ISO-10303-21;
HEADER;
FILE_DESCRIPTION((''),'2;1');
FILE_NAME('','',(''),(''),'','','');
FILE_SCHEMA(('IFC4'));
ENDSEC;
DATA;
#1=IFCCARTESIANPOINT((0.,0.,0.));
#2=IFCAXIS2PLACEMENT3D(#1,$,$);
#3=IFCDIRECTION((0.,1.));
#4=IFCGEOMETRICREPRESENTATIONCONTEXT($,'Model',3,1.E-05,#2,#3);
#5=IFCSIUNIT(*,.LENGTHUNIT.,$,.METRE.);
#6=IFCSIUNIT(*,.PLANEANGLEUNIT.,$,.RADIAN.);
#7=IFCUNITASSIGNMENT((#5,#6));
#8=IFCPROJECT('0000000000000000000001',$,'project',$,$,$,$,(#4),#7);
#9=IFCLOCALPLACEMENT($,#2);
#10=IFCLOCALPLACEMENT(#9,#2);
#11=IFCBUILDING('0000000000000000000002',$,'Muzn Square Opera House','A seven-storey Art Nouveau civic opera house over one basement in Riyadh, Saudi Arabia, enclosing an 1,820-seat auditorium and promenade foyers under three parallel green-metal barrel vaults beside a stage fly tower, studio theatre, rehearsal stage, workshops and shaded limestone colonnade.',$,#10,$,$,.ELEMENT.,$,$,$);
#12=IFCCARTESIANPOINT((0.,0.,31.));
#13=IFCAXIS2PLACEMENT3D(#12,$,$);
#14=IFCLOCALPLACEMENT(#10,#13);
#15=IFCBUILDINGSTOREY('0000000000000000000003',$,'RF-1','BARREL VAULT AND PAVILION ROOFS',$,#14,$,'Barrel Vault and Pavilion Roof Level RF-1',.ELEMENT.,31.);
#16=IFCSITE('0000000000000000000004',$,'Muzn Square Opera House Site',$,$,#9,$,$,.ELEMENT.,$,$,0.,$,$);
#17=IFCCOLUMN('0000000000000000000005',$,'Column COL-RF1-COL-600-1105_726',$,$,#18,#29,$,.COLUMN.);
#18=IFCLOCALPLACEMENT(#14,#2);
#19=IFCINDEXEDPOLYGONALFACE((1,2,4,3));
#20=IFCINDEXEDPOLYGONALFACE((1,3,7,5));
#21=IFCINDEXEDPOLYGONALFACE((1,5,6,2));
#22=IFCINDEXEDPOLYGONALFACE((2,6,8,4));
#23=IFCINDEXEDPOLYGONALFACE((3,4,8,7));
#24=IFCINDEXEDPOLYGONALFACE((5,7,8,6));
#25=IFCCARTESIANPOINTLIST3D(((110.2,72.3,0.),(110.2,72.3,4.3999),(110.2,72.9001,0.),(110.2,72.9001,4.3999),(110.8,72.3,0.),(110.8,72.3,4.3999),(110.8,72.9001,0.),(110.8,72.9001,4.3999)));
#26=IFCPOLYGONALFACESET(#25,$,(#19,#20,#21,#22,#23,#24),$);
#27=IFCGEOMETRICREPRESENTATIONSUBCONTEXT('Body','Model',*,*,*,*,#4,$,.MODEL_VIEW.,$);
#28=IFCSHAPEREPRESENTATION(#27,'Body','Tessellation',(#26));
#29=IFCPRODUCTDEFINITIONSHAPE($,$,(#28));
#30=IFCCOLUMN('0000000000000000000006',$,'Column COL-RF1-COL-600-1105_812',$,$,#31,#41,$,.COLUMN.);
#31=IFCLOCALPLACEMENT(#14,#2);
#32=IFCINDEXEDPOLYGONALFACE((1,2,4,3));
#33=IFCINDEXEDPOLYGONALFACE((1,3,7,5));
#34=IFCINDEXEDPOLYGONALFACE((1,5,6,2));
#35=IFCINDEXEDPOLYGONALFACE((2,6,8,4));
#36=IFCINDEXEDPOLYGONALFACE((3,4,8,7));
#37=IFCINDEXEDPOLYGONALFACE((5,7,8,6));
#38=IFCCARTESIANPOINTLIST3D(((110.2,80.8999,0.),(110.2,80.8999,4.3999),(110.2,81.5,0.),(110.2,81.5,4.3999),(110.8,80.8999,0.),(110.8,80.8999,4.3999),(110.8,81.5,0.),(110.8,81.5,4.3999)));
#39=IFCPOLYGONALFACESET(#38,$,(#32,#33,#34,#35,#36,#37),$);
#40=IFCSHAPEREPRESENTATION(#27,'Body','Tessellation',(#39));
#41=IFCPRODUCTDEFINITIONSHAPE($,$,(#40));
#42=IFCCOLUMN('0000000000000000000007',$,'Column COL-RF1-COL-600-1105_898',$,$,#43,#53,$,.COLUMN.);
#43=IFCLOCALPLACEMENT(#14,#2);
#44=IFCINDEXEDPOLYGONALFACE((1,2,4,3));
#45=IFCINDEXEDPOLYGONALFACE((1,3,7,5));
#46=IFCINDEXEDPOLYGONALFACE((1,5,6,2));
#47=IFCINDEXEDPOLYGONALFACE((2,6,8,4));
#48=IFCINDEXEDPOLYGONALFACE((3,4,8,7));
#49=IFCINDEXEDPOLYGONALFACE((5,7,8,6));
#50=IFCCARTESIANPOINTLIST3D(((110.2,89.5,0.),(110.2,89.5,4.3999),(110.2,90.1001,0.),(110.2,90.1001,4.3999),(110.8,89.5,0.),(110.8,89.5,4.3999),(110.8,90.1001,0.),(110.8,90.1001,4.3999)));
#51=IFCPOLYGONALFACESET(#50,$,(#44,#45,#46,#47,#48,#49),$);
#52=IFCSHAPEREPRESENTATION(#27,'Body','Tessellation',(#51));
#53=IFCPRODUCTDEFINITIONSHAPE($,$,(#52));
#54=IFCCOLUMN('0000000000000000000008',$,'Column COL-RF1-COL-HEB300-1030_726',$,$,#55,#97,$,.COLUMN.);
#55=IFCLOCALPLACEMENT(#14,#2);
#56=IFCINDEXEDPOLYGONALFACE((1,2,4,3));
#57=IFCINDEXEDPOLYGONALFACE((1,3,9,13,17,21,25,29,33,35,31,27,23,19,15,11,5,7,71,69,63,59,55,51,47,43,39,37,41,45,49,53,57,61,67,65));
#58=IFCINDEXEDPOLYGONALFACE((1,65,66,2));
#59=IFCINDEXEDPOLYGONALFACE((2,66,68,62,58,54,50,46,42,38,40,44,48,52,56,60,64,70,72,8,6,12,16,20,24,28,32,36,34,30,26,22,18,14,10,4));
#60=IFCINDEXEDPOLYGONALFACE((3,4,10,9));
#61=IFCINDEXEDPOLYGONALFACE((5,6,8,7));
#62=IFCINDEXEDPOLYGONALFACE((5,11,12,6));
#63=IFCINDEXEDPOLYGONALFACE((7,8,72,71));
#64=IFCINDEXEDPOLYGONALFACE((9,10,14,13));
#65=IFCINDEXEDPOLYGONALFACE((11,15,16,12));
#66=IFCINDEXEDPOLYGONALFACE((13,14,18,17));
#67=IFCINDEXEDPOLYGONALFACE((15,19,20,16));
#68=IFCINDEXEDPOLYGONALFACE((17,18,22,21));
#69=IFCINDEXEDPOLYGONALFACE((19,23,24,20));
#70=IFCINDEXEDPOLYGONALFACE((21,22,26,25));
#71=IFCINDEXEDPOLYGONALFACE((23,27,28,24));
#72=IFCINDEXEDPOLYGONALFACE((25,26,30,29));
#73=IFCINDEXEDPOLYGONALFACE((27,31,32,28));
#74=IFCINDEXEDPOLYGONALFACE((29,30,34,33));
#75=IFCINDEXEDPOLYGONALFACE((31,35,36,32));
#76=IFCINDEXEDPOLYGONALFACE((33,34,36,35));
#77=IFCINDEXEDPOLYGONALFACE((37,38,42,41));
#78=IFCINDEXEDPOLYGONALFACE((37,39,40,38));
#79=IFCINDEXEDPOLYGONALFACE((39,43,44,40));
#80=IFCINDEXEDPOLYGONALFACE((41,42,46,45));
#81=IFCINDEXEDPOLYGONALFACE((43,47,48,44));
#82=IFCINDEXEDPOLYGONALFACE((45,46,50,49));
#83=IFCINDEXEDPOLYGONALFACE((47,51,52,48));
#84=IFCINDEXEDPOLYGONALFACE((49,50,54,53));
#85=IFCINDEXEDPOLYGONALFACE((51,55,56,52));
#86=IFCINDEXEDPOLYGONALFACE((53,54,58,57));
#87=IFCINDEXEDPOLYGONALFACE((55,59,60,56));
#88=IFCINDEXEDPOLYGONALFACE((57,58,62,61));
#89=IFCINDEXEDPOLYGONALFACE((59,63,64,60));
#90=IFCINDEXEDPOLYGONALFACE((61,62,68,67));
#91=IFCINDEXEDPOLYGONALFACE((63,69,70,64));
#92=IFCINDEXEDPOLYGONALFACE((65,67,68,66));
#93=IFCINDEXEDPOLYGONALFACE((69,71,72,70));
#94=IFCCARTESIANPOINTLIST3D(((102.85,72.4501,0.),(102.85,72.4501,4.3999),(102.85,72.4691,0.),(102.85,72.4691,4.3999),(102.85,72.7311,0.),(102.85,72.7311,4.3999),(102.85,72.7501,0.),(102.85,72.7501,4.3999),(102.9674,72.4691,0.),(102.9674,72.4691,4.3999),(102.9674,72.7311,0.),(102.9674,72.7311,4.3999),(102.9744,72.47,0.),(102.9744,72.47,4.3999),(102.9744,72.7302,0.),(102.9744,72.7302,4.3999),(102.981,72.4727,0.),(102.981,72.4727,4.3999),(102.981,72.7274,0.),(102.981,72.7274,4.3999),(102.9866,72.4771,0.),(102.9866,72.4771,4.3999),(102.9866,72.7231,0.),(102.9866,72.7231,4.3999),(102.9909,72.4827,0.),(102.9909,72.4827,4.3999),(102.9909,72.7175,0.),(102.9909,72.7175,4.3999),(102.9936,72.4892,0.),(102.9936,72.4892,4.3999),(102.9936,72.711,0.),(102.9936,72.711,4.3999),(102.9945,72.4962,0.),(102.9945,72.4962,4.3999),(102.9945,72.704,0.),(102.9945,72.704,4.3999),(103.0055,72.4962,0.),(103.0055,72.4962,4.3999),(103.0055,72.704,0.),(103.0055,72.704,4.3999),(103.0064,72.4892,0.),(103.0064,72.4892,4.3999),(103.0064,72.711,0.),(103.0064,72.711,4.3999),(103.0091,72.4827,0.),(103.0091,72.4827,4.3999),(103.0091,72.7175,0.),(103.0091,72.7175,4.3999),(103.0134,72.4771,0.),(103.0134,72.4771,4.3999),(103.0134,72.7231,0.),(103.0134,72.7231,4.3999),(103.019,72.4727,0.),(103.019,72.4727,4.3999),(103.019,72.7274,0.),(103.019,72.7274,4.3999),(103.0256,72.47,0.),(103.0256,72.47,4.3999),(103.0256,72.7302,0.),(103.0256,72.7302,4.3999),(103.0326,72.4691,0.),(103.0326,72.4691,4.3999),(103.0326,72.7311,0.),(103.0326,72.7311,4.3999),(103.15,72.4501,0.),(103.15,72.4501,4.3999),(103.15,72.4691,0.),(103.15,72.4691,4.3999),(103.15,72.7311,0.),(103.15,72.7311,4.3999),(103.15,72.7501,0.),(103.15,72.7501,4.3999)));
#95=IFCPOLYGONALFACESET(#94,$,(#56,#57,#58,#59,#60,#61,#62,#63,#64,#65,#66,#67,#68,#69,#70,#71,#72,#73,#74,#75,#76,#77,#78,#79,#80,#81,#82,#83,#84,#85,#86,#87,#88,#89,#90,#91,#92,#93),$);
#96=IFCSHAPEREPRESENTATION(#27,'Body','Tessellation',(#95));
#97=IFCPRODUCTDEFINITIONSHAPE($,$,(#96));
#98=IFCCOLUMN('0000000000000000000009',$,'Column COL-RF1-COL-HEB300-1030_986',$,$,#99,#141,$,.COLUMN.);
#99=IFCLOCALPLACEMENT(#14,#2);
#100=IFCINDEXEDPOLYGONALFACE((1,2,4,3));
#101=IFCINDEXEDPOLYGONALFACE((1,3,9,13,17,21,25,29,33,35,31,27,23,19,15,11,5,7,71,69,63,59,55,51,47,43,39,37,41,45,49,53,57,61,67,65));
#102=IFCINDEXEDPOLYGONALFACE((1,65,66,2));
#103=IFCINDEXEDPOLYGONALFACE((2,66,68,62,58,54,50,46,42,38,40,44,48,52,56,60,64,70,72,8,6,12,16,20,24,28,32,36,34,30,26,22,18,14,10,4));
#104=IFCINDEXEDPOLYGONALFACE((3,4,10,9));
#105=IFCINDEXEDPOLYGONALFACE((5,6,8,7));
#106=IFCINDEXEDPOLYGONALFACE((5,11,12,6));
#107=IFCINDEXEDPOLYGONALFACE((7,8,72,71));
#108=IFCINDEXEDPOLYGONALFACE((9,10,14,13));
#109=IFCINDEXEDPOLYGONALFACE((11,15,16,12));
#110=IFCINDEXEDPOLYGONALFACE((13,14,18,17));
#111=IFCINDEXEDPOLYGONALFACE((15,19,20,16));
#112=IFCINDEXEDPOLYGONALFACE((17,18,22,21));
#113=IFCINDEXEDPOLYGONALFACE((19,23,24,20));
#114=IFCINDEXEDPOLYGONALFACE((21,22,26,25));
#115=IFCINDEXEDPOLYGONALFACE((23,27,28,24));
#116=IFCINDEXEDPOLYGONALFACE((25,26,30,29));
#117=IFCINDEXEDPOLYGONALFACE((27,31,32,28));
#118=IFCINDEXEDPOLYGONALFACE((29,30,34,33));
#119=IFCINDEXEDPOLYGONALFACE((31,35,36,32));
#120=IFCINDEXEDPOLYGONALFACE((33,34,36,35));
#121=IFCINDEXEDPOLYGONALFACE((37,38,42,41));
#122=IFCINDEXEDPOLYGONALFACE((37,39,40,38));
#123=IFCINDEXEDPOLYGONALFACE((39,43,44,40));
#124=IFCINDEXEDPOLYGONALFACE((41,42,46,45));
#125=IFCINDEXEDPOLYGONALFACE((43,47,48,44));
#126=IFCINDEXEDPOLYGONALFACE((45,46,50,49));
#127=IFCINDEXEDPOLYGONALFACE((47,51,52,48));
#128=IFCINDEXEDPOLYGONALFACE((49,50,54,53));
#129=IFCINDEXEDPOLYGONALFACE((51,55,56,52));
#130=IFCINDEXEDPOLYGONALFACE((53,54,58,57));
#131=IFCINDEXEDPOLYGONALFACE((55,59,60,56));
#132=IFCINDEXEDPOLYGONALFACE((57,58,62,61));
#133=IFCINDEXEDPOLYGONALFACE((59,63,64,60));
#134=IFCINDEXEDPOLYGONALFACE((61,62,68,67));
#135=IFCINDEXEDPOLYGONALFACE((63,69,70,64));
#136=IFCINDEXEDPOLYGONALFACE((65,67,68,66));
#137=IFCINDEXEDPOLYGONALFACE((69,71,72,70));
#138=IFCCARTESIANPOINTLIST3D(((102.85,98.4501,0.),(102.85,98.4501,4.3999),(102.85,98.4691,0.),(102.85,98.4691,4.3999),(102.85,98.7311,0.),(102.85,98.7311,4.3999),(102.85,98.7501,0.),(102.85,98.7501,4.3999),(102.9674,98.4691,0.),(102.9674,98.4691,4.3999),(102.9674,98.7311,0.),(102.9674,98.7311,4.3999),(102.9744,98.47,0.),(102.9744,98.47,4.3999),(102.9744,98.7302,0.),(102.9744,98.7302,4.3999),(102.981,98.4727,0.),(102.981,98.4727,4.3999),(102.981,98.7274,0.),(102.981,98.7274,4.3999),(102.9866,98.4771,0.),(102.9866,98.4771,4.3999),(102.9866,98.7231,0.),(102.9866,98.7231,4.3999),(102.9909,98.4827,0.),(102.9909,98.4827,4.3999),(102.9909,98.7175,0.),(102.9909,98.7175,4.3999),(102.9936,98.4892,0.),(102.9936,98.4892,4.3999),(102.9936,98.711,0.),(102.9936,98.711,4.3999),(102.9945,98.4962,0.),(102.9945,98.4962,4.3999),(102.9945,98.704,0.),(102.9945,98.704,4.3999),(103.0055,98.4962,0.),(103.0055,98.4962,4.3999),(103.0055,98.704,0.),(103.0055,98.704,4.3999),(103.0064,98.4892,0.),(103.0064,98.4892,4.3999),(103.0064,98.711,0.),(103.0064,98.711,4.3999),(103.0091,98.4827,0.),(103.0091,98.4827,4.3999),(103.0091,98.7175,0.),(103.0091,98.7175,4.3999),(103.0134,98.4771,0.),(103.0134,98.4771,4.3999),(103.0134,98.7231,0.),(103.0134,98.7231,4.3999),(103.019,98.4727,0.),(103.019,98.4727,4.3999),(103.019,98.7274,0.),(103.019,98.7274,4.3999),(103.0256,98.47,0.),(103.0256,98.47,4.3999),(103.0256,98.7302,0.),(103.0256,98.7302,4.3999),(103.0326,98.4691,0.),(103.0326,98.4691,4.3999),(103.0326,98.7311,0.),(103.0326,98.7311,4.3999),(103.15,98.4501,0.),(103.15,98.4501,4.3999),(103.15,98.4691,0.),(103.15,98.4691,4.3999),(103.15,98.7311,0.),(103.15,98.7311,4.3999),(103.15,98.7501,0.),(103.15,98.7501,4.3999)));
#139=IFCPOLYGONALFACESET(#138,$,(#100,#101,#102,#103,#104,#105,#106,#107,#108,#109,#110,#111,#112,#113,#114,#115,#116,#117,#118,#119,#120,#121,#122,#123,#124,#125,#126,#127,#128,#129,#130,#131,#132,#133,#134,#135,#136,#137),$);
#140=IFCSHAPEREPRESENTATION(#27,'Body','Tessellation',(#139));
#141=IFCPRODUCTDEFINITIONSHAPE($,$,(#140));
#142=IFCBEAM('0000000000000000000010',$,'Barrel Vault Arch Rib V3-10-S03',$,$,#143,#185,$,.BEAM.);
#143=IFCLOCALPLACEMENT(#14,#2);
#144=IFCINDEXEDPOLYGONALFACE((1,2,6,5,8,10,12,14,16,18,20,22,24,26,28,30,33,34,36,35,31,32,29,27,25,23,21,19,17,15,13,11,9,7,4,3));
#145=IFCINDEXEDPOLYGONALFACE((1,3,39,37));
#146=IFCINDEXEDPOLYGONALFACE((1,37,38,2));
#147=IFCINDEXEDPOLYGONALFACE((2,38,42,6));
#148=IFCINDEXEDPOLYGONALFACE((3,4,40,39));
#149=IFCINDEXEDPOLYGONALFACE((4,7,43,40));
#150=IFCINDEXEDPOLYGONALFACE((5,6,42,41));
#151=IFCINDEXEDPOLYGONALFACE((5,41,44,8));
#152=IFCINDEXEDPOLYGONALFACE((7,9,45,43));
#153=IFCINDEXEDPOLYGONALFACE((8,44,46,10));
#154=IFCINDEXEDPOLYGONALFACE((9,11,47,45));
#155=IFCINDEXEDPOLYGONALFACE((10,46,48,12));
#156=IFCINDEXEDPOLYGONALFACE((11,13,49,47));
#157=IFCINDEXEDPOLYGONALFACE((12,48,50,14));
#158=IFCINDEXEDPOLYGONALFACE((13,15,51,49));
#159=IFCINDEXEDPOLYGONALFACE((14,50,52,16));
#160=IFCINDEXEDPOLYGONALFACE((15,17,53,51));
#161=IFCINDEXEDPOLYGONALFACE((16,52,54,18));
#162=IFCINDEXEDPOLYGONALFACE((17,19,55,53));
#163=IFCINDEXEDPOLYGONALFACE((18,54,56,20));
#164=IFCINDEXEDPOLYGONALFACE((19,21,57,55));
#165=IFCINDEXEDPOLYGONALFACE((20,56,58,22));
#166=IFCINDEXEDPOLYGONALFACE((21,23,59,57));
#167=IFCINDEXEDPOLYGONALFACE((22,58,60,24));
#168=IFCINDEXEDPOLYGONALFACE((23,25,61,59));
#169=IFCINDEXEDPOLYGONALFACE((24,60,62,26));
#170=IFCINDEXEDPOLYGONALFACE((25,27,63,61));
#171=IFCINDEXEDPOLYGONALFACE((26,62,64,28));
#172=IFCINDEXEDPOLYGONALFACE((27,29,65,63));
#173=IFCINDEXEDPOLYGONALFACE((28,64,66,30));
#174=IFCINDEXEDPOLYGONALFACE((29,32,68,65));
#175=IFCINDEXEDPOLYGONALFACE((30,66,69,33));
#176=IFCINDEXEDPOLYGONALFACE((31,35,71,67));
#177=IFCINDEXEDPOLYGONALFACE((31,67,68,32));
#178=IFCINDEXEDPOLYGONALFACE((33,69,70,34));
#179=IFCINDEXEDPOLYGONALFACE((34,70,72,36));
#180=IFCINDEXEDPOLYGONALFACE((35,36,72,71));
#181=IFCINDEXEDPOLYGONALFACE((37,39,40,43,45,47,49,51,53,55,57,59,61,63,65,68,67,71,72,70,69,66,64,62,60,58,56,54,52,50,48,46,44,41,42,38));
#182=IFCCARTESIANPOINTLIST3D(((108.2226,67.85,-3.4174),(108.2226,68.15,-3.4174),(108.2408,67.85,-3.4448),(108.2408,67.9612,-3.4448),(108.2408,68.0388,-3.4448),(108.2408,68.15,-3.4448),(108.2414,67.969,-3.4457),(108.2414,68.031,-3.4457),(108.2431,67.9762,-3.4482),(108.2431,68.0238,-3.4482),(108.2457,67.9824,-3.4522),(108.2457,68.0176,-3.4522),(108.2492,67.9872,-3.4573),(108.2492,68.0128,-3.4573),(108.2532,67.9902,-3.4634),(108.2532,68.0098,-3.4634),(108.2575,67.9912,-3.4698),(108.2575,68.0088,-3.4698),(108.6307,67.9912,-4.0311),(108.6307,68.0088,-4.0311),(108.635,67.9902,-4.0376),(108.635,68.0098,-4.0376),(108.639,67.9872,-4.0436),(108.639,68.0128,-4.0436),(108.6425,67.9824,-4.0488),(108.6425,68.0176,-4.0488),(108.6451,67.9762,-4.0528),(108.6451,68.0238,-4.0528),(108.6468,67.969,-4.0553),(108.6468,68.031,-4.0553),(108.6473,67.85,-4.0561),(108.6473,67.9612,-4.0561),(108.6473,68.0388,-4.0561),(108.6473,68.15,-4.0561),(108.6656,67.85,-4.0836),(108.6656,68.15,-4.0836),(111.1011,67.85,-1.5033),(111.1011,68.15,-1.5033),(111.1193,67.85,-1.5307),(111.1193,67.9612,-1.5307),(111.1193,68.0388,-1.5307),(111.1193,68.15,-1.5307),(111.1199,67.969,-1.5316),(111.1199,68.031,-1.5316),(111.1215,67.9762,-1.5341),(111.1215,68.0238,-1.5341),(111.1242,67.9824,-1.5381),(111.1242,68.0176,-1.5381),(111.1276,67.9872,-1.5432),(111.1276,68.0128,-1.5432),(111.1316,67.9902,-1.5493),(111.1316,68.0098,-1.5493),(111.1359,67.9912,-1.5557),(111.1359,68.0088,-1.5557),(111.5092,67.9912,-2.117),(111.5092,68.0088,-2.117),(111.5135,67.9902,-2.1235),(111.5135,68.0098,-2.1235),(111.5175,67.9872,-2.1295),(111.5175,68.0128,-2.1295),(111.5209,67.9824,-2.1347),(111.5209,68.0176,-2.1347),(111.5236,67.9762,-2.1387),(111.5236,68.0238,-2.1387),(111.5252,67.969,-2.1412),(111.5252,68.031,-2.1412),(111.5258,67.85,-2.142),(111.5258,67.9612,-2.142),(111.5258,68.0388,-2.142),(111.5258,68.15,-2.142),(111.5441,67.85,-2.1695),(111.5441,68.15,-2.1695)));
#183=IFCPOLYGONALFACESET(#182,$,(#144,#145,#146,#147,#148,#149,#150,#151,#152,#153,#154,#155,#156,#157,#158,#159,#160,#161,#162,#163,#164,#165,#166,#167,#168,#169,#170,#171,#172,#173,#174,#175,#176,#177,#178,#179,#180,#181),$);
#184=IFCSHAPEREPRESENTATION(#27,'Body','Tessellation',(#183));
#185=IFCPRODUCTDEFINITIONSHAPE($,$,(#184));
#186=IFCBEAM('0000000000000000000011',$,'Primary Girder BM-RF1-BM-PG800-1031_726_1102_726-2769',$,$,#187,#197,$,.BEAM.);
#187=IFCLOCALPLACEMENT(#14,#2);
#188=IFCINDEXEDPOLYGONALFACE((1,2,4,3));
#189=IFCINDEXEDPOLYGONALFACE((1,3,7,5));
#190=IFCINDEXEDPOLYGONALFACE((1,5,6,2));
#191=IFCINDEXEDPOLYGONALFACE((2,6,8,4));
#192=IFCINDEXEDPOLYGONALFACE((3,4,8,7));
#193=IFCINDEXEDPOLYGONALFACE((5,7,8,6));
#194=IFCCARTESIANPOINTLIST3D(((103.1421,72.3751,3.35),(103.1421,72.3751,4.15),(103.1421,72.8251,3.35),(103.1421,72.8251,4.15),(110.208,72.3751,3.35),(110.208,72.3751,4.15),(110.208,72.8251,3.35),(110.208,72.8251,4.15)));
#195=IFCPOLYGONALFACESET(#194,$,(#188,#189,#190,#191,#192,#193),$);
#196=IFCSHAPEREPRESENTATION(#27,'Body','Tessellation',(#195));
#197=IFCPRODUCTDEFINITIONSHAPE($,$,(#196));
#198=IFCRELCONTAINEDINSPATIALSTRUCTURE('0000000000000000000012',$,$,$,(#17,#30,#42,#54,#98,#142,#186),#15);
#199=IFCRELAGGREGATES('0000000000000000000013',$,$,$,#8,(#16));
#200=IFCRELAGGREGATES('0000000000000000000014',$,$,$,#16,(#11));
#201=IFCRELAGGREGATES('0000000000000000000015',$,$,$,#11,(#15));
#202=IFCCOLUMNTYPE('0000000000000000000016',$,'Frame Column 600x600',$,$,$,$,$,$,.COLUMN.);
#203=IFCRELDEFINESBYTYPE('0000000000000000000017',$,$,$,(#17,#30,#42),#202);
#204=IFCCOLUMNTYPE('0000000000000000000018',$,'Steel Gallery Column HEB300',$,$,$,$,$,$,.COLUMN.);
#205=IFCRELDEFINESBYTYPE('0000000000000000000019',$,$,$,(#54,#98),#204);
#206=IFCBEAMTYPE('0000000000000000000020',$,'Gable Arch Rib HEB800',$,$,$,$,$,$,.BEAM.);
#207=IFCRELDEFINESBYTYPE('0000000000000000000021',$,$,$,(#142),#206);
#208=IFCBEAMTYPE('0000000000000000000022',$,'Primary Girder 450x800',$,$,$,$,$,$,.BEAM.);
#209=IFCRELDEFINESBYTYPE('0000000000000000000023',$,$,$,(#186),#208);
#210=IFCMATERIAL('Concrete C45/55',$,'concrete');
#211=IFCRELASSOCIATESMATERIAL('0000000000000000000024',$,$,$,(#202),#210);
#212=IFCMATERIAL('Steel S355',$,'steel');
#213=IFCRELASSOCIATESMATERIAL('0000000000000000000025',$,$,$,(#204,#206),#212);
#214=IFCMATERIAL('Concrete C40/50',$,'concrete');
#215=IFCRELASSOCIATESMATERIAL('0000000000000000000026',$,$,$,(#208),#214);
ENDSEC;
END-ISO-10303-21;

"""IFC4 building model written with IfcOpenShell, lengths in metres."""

from ifc_helpers import new_model, si_unit, direction, frame, origin, origin_2d, place, context, subcontext, project, spatial, rectangle, i_section, extrude, material, material_profile, profile_set, type_object, element, save


model = new_model("IFC4")

# Units and contexts
model_context = context("Model", 3, precision=1e-05, world=origin(), true_north=direction((0.0, 1.0)))
body_context = subcontext(model_context, "Body", "Model", "MODEL_VIEW")
ifc_project = project(units=[si_unit("LENGTHUNIT", "METRE"), si_unit("PLANEANGLEUNIT", "RADIAN")], contexts=[model_context])

# Site, building, storey
site_placement = place(None, origin())
site = spatial("IfcSite", under=ifc_project, at=site_placement, Name="Muzn Square Opera House Site", CompositionType="ELEMENT", RefElevation=0.0)
building_placement = place(site_placement, origin())
building = spatial("IfcBuilding", under=site, at=building_placement, Name="Muzn Square Opera House", Description="A seven-storey Art Nouveau civic opera house over one basement in Riyadh, Saudi Arabia, enclosing an 1,820-seat auditorium and promenade foyers under three parallel green-metal barrel vaults beside a stage fly tower, studio theatre, rehearsal stage, workshops and shaded limestone colonnade.", CompositionType="ELEMENT")
storey_placement = place(building_placement, frame((0.0, 0.0, 31.0)))
storey = spatial("IfcBuildingStorey", under=building, at=storey_placement, Name="RF-1", Description="BARREL VAULT AND PAVILION ROOFS", LongName="Barrel Vault and Pavilion Roof Level RF-1", CompositionType="ELEMENT", Elevation=31.0)

# Columns
ifc_material_1 = material(Name="Concrete C45/55", Category="concrete")
ifc_material_profile_1 = material_profile(ifc_material_1, rectangle(XDim=0.6001, YDim=0.6001, at=origin_2d()), Name="RC 600x600", Category="concrete")
ifc_profile_set_1 = profile_set([ifc_material_profile_1], Name="Concrete C45/55")
column_type_1 = type_object("IfcColumnType", Name="Frame Column 600x600", PredefinedType="COLUMN", material=ifc_profile_set_1)
for number, where, z_axis, x_axis, name in (
    (1, (110.5, 72.6001, 0.0), (0.0, 0.0, 1.0), (1.0, 0.0, 0.0), "Column COL-RF1-COL-600-1105_726"),
    (2, (110.5, 81.2, 0.0), (0.0, 0.0, 1.0), (1.0, 0.0, 0.0), "Column COL-RF1-COL-600-1105_812"),
    (3, (110.5, 89.8, 0.0), (0.0, 0.0, 1.0), (1.0, 0.0, 0.0), "Column COL-RF1-COL-600-1105_898"),
):
    element("IfcColumn", number, at=place(storey_placement, frame(where, z_axis=z_axis, x_axis=x_axis)), inside=storey, type_object=column_type_1, Name=name, PredefinedType="COLUMN", context=body_context, shape_type="SweptSolid", body=[
        extrude(rectangle(XDim=0.6001, YDim=0.6001, at=origin_2d()), origin(), (0.0, 0.0, 1.0), 4.3999),
    ])
ifc_material_2 = material(Name="Steel S355", Category="steel")
ifc_material_profile_2 = material_profile(ifc_material_2, i_section(OverallWidth=0.3, OverallDepth=0.3, WebThickness=0.011, FlangeThickness=0.019, FilletRadius=0.0271, at=origin_2d()), Name="HEB 300", Category="steel")
ifc_profile_set_2 = profile_set([ifc_material_profile_2], Name="Steel S355")
column_type_2 = type_object("IfcColumnType", Name="Steel Gallery Column HEB300", PredefinedType="COLUMN", material=ifc_profile_set_2)
for number, where, z_axis, x_axis, name in (
    (4, (103.0, 72.6001, 0.0), (0.0, 0.0, 1.0), (1.0, 0.0, 0.0), "Column COL-RF1-COL-HEB300-1030_726"),
    (5, (103.0, 98.6001, 0.0), (0.0, 0.0, 1.0), (1.0, 0.0, 0.0), "Column COL-RF1-COL-HEB300-1030_986"),
):
    element("IfcColumn", number, at=place(storey_placement, frame(where, z_axis=z_axis, x_axis=x_axis)), inside=storey, type_object=column_type_2, Name=name, PredefinedType="COLUMN", context=body_context, shape_type="SweptSolid", body=[
        extrude(i_section(OverallWidth=0.3, OverallDepth=0.3, WebThickness=0.011, FlangeThickness=0.019, FilletRadius=0.0271, at=origin_2d()), origin(), (0.0, 0.0, 1.0), 4.3999),
    ])

# Beams
ifc_material_profile_3 = material_profile(ifc_material_2, i_section(OverallWidth=0.3, OverallDepth=0.8, WebThickness=0.0176, FlangeThickness=0.033, FilletRadius=0.03, at=origin_2d()), Name="HEB 800", Category="steel")
ifc_profile_set_3 = profile_set([ifc_material_profile_3], Name="Steel S355")
beam_type_1 = type_object("IfcBeamType", Name="Gable Arch Rib HEB800", PredefinedType="BEAM", material=ifc_profile_set_3)
beam_1_placement = place(storey_placement, frame((108.4441, 68.0, -3.7505), z_axis=(0.832702, 0.0, 0.553722), x_axis=(0.0, 1.0, 0.0)))
element("IfcBeam", 6, at=beam_1_placement, inside=storey, type_object=beam_type_1, Name="Barrel Vault Arch Rib V3-10-S03", PredefinedType="BEAM", context=body_context, shape_type="SweptSolid", body=[
    extrude(i_section(OverallWidth=0.3, OverallDepth=0.8, WebThickness=0.0176, FlangeThickness=0.033, FilletRadius=0.03, at=origin_2d()), origin(), (0.0, 0.0, 1.0), 3.4568),
])
ifc_material_3 = material(Name="Concrete C40/50", Category="concrete")
ifc_material_profile_4 = material_profile(ifc_material_3, rectangle(XDim=0.45, YDim=0.8, at=origin_2d()), Name="RCB 450x800", Category="concrete")
ifc_profile_set_4 = profile_set([ifc_material_profile_4], Name="Concrete C40/50")
beam_type_2 = type_object("IfcBeamType", Name="Primary Girder 450x800", PredefinedType="BEAM", material=ifc_profile_set_4)
for number, where, z_axis, x_axis, name in (
    (7, (103.1421, 72.6001, 3.75), (1.0, 0.0, 0.0), (0.0, 1.0, 0.0), "Primary Girder BM-RF1-BM-PG800-1031_726_1102_726-2769"),
):
    element("IfcBeam", number, at=place(storey_placement, frame(where, z_axis=z_axis, x_axis=x_axis)), inside=storey, type_object=beam_type_2, Name=name, PredefinedType="BEAM", context=body_context, shape_type="SweptSolid", body=[
        extrude(rectangle(XDim=0.45, YDim=0.8, at=origin_2d()), origin(), (0.0, 0.0, 1.0), 7.0659),
    ])

save(model, "model.ifc")
